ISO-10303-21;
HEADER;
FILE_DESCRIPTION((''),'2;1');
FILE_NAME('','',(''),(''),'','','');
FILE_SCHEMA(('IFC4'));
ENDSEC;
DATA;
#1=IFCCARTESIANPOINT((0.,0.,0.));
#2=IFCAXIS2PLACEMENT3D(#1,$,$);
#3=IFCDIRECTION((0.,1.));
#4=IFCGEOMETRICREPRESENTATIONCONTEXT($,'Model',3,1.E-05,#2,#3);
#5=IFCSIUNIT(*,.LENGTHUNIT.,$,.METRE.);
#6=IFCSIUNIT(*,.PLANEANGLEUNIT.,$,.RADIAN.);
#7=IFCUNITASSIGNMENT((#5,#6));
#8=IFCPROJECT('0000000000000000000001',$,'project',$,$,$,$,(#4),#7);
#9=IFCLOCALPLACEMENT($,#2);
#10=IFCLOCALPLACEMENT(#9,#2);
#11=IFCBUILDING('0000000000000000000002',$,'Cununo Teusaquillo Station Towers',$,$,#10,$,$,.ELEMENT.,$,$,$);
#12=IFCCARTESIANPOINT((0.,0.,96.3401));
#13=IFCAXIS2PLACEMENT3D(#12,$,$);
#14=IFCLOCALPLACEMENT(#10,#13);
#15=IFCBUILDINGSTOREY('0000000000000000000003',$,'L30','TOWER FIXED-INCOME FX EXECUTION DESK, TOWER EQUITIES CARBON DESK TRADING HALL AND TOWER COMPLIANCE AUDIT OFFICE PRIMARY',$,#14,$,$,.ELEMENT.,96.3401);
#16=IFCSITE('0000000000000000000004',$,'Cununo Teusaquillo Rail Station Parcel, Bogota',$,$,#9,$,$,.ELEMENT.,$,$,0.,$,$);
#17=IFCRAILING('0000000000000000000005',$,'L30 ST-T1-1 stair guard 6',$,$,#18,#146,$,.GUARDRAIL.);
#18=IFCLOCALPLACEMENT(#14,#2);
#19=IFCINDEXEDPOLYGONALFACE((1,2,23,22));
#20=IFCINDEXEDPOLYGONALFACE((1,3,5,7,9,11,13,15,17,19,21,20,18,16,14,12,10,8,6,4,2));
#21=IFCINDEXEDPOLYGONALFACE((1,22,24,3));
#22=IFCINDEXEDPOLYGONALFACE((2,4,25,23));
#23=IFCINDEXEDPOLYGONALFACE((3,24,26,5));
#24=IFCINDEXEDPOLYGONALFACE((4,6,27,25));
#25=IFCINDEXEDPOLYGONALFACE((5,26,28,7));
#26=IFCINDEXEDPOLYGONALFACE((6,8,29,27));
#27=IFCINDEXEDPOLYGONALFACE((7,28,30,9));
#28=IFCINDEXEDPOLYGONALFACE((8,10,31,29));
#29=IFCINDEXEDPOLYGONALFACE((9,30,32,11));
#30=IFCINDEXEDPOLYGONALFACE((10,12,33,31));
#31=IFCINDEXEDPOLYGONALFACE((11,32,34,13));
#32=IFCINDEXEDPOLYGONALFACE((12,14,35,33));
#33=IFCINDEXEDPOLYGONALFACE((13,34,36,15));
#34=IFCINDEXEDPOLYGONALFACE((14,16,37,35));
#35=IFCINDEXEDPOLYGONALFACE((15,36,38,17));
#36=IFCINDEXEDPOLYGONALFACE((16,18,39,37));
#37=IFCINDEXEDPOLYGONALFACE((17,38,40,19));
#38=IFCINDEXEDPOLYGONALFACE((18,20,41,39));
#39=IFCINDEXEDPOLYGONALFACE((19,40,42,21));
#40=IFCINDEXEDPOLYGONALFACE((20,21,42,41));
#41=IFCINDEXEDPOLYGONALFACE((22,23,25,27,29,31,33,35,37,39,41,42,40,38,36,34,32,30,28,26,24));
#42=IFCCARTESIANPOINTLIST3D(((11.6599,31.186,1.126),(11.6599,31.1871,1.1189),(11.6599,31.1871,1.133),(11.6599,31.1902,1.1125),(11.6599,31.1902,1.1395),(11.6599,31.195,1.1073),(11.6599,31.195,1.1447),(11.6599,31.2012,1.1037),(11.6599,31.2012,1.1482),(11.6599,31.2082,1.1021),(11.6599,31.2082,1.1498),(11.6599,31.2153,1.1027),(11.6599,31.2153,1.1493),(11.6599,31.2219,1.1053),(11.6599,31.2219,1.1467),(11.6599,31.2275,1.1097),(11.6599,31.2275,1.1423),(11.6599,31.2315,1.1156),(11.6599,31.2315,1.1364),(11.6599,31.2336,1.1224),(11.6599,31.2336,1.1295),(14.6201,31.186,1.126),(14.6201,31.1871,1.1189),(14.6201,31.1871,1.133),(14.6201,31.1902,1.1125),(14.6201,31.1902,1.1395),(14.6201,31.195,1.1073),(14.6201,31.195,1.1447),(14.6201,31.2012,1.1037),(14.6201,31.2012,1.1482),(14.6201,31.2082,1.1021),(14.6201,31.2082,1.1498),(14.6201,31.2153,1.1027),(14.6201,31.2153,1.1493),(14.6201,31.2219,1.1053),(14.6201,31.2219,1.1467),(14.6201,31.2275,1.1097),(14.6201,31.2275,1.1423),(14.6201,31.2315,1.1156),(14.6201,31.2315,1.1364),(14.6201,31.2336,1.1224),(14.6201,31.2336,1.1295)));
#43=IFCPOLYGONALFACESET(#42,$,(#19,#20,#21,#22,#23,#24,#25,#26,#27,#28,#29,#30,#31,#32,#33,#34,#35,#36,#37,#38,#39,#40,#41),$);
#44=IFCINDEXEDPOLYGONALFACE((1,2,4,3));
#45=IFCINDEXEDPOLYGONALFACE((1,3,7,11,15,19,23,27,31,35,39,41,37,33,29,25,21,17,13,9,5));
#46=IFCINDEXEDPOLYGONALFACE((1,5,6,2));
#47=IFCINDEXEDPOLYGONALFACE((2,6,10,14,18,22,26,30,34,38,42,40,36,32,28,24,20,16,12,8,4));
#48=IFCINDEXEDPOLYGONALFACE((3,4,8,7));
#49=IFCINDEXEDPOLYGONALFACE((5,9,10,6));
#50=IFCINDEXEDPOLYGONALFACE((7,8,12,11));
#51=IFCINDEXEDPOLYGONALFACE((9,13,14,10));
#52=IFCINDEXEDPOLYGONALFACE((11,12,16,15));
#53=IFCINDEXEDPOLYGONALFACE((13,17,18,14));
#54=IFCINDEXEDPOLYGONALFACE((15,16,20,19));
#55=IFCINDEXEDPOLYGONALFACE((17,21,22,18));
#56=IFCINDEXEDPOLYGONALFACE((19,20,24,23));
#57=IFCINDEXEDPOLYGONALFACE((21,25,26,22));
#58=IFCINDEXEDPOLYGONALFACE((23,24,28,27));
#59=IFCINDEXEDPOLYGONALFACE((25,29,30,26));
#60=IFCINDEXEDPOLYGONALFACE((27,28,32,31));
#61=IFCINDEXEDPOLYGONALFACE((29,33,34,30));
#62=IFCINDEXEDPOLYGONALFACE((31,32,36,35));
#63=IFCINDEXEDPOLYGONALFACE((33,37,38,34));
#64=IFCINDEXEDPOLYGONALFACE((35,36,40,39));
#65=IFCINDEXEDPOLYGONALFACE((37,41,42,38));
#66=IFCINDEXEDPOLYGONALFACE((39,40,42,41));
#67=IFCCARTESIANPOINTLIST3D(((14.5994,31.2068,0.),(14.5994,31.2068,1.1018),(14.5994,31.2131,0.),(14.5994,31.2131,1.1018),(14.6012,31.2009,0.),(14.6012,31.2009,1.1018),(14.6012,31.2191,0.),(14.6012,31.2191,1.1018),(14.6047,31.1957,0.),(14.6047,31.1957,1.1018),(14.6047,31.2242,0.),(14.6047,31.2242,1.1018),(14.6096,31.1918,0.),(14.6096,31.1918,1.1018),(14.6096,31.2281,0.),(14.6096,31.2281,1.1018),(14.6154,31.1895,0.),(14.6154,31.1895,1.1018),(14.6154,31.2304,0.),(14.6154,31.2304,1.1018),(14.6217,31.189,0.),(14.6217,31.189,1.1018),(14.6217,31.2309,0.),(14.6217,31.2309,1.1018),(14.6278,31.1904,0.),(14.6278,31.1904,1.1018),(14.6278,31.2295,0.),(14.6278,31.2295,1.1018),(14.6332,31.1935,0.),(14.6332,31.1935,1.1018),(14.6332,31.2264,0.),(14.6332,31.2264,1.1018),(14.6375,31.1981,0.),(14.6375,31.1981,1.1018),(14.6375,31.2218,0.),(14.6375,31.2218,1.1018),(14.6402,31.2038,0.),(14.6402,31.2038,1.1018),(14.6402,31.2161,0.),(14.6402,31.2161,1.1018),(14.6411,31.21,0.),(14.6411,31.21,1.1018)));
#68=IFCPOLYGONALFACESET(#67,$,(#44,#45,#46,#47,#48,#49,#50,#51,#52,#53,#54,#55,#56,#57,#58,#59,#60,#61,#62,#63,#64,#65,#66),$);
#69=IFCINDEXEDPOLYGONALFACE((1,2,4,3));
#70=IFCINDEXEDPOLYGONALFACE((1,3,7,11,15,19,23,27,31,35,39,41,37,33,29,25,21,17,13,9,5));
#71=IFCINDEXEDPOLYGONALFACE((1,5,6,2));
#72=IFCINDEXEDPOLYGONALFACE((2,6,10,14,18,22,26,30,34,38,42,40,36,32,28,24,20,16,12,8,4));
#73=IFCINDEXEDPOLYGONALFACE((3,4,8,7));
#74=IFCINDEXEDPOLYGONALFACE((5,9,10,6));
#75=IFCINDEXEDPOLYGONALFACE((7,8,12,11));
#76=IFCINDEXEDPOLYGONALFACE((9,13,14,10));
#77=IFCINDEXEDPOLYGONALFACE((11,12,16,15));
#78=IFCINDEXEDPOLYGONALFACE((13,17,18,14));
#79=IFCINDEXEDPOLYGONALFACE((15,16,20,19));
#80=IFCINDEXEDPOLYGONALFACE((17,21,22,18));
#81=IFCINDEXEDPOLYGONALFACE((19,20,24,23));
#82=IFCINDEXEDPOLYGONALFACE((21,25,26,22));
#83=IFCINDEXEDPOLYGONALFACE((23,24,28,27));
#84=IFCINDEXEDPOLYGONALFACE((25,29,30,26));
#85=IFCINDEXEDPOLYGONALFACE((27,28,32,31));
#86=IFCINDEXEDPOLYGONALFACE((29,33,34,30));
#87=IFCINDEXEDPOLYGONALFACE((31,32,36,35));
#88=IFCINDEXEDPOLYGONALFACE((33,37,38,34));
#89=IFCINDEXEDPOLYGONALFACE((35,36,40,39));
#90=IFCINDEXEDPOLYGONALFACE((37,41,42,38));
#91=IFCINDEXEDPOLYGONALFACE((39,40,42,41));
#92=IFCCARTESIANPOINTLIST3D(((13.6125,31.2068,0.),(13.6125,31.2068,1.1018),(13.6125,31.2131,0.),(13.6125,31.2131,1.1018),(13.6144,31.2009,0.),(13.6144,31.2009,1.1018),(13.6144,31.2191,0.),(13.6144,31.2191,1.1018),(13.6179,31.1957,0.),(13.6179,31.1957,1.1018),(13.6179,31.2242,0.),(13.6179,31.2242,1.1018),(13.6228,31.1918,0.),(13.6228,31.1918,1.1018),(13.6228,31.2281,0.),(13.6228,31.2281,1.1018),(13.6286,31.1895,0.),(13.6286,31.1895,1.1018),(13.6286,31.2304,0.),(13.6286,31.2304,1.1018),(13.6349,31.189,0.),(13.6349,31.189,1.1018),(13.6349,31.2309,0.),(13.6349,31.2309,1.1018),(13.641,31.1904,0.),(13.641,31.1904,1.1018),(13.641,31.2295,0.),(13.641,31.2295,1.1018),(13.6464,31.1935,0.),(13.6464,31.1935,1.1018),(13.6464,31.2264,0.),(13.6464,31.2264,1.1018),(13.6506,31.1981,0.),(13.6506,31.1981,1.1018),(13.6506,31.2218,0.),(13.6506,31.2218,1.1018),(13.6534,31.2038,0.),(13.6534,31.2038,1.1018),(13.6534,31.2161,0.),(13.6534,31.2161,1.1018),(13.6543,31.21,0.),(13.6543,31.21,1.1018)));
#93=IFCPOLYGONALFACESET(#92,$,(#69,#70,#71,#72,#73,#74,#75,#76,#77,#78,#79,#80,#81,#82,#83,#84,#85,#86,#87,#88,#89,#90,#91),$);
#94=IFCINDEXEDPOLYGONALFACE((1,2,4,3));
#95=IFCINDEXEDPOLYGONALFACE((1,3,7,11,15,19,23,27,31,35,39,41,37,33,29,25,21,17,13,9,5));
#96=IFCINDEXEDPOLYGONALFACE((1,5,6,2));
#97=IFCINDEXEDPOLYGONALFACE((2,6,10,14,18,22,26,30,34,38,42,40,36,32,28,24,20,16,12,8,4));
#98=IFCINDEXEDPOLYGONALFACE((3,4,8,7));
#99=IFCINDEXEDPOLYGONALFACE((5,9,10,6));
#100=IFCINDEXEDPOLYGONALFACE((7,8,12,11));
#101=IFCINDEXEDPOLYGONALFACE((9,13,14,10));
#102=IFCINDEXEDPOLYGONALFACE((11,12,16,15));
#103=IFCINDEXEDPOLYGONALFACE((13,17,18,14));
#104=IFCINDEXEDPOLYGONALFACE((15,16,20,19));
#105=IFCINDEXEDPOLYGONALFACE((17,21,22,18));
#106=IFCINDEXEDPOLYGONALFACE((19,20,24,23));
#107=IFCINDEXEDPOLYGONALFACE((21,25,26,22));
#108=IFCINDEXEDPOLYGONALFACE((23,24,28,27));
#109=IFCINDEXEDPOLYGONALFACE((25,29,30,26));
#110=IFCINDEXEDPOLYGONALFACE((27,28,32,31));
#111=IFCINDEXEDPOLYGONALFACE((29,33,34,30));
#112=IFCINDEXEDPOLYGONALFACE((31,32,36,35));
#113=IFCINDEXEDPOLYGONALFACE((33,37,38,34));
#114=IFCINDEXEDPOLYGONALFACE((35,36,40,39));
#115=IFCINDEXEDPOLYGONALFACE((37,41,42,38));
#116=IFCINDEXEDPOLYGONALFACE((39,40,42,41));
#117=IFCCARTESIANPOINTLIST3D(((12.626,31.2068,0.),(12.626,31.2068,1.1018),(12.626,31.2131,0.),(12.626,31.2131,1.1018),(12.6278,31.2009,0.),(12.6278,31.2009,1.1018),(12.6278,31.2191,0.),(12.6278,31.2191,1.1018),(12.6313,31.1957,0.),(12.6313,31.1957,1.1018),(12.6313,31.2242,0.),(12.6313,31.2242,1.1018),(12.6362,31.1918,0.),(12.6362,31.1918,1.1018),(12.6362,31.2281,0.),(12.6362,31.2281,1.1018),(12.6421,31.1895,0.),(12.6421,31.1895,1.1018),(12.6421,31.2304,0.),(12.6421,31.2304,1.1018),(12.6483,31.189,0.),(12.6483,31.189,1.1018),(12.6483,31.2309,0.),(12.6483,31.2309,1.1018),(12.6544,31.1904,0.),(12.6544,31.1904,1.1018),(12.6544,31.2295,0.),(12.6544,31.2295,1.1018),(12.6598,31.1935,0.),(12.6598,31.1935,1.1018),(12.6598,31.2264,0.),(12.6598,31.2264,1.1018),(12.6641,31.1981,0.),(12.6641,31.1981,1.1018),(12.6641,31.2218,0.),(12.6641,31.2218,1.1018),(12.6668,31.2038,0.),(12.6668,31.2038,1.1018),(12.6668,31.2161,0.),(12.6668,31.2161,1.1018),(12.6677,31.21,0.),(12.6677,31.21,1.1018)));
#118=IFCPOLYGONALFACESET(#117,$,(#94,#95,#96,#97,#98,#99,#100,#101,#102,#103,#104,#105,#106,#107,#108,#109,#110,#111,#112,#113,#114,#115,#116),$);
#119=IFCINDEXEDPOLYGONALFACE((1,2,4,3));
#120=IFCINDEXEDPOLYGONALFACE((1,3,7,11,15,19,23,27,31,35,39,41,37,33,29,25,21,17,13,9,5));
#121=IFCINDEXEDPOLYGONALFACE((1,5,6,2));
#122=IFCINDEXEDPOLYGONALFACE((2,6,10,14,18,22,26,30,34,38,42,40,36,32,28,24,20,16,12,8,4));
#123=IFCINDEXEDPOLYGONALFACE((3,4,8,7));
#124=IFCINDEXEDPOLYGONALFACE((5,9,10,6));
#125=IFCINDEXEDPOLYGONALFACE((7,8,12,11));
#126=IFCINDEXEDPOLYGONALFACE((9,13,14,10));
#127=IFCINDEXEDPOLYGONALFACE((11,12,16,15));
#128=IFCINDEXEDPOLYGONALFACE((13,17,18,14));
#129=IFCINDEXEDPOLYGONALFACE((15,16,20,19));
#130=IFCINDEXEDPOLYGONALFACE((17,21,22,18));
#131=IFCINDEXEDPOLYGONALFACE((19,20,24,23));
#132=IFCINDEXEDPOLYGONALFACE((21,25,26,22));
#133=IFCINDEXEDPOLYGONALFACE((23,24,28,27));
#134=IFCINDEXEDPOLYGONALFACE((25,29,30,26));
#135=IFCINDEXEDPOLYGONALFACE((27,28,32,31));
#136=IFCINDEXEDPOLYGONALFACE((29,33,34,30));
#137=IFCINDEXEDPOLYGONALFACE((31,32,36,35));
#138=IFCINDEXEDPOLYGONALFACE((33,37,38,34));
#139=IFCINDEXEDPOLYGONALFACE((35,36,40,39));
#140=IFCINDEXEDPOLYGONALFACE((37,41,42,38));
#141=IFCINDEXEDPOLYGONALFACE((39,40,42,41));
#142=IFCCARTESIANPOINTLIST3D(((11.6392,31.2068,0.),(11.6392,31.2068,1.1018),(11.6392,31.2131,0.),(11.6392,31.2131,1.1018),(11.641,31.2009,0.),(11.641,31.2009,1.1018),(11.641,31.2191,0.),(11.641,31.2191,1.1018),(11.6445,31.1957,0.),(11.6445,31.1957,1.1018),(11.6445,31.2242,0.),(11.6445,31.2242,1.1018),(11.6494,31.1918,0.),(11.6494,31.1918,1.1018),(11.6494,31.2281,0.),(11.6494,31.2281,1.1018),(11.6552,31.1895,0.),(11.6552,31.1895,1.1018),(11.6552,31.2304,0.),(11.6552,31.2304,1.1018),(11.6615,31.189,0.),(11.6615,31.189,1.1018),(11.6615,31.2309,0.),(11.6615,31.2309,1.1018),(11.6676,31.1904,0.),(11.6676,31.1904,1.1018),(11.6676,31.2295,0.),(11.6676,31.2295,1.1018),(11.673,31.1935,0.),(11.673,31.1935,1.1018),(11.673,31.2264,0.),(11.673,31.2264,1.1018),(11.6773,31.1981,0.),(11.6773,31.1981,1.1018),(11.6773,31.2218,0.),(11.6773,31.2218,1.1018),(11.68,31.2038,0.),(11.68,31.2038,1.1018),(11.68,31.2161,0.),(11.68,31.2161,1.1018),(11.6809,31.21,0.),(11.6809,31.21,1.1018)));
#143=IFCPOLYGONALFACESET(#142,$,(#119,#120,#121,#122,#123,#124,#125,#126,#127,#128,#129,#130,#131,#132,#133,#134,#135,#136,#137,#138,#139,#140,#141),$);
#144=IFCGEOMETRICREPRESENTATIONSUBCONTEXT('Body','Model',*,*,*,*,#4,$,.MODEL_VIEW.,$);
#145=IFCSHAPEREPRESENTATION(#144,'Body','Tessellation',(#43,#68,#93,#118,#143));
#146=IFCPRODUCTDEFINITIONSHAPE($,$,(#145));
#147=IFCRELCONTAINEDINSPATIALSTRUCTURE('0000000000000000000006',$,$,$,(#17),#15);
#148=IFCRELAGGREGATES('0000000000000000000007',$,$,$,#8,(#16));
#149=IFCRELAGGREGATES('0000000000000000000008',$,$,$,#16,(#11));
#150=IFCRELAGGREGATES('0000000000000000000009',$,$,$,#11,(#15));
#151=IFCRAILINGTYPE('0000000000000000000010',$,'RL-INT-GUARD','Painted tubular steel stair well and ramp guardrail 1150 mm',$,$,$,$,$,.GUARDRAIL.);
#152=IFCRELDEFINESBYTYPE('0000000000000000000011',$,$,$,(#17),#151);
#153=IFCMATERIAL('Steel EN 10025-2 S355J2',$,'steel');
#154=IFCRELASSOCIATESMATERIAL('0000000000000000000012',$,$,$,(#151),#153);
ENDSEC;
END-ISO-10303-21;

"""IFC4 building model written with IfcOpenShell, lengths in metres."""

from ifc_helpers import new_model, si_unit, direction, frame, origin, origin_2d, place, context, subcontext, project, spatial, circle, extrude, material, type_object, element, save


model = new_model("IFC4")

# Units and contexts
model_context = context("Model", 3, precision=1e-05, world=origin(), true_north=direction((0.0, 1.0)))
body_context = subcontext(model_context, "Body", "Model", "MODEL_VIEW")
ifc_project = project(units=[si_unit("LENGTHUNIT", "METRE"), si_unit("PLANEANGLEUNIT", "RADIAN")], contexts=[model_context])

# Site, building, storey
site_placement = place(None, origin())
site = spatial("IfcSite", under=ifc_project, at=site_placement, Name="Cununo Teusaquillo Rail Station Parcel, Bogota", CompositionType="ELEMENT", RefElevation=0.0)
building_placement = place(site_placement, origin())
building = spatial("IfcBuilding", under=site, at=building_placement, Name="Cununo Teusaquillo Station Towers", CompositionType="ELEMENT")
storey_placement = place(building_placement, frame((0.0, 0.0, 96.3401)))
storey = spatial("IfcBuildingStorey", under=building, at=storey_placement, Name="L30", Description="TOWER FIXED-INCOME FX EXECUTION DESK, TOWER EQUITIES CARBON DESK TRADING HALL AND TOWER COMPLIANCE AUDIT OFFICE PRIMARY", CompositionType="ELEMENT", Elevation=96.3401)

# Railing
ifc_material_1 = material(Name="Steel EN 10025-2 S355J2", Category="steel")
railing_type_1 = type_object("IfcRailingType", Name="RL-INT-GUARD", Description="Painted tubular steel stair well and ramp guardrail 1150 mm", PredefinedType="GUARDRAIL", material=ifc_material_1)
railing_1_placement = place(storey_placement, frame((14.6201, 31.21, 0.0)))
element("IfcRailing", 1, at=railing_1_placement, inside=storey, type_object=railing_type_1, Name="L30 ST-T1-1 stair guard 6", PredefinedType="GUARDRAIL", context=body_context, shape_type="SweptSolid", body=[
    extrude(circle(Radius=0.0239, at=origin_2d()), frame((0.0, 0.0, 1.126), z_axis=(-1.0, 0.0, 0.0), x_axis=(0.0, -1.0, 0.0)), (0.0, 0.0, 1.0), 2.9602),
    extrude(circle(Radius=0.021, at=origin_2d()), origin(), (0.0, 0.0, 1.0), 1.1018),
    extrude(circle(Radius=0.021, at=origin_2d()), frame((-0.9868, 0.0, 0.0)), (0.0, 0.0, 1.0), 1.1018),
    extrude(circle(Radius=0.021, at=origin_2d()), frame((-1.9734, 0.0, 0.0)), (0.0, 0.0, 1.0), 1.1018),
    extrude(circle(Radius=0.021, at=origin_2d()), frame((-2.9602, 0.0, 0.0)), (0.0, 0.0, 1.0), 1.1018),
])

save(model, "model.ifc")
